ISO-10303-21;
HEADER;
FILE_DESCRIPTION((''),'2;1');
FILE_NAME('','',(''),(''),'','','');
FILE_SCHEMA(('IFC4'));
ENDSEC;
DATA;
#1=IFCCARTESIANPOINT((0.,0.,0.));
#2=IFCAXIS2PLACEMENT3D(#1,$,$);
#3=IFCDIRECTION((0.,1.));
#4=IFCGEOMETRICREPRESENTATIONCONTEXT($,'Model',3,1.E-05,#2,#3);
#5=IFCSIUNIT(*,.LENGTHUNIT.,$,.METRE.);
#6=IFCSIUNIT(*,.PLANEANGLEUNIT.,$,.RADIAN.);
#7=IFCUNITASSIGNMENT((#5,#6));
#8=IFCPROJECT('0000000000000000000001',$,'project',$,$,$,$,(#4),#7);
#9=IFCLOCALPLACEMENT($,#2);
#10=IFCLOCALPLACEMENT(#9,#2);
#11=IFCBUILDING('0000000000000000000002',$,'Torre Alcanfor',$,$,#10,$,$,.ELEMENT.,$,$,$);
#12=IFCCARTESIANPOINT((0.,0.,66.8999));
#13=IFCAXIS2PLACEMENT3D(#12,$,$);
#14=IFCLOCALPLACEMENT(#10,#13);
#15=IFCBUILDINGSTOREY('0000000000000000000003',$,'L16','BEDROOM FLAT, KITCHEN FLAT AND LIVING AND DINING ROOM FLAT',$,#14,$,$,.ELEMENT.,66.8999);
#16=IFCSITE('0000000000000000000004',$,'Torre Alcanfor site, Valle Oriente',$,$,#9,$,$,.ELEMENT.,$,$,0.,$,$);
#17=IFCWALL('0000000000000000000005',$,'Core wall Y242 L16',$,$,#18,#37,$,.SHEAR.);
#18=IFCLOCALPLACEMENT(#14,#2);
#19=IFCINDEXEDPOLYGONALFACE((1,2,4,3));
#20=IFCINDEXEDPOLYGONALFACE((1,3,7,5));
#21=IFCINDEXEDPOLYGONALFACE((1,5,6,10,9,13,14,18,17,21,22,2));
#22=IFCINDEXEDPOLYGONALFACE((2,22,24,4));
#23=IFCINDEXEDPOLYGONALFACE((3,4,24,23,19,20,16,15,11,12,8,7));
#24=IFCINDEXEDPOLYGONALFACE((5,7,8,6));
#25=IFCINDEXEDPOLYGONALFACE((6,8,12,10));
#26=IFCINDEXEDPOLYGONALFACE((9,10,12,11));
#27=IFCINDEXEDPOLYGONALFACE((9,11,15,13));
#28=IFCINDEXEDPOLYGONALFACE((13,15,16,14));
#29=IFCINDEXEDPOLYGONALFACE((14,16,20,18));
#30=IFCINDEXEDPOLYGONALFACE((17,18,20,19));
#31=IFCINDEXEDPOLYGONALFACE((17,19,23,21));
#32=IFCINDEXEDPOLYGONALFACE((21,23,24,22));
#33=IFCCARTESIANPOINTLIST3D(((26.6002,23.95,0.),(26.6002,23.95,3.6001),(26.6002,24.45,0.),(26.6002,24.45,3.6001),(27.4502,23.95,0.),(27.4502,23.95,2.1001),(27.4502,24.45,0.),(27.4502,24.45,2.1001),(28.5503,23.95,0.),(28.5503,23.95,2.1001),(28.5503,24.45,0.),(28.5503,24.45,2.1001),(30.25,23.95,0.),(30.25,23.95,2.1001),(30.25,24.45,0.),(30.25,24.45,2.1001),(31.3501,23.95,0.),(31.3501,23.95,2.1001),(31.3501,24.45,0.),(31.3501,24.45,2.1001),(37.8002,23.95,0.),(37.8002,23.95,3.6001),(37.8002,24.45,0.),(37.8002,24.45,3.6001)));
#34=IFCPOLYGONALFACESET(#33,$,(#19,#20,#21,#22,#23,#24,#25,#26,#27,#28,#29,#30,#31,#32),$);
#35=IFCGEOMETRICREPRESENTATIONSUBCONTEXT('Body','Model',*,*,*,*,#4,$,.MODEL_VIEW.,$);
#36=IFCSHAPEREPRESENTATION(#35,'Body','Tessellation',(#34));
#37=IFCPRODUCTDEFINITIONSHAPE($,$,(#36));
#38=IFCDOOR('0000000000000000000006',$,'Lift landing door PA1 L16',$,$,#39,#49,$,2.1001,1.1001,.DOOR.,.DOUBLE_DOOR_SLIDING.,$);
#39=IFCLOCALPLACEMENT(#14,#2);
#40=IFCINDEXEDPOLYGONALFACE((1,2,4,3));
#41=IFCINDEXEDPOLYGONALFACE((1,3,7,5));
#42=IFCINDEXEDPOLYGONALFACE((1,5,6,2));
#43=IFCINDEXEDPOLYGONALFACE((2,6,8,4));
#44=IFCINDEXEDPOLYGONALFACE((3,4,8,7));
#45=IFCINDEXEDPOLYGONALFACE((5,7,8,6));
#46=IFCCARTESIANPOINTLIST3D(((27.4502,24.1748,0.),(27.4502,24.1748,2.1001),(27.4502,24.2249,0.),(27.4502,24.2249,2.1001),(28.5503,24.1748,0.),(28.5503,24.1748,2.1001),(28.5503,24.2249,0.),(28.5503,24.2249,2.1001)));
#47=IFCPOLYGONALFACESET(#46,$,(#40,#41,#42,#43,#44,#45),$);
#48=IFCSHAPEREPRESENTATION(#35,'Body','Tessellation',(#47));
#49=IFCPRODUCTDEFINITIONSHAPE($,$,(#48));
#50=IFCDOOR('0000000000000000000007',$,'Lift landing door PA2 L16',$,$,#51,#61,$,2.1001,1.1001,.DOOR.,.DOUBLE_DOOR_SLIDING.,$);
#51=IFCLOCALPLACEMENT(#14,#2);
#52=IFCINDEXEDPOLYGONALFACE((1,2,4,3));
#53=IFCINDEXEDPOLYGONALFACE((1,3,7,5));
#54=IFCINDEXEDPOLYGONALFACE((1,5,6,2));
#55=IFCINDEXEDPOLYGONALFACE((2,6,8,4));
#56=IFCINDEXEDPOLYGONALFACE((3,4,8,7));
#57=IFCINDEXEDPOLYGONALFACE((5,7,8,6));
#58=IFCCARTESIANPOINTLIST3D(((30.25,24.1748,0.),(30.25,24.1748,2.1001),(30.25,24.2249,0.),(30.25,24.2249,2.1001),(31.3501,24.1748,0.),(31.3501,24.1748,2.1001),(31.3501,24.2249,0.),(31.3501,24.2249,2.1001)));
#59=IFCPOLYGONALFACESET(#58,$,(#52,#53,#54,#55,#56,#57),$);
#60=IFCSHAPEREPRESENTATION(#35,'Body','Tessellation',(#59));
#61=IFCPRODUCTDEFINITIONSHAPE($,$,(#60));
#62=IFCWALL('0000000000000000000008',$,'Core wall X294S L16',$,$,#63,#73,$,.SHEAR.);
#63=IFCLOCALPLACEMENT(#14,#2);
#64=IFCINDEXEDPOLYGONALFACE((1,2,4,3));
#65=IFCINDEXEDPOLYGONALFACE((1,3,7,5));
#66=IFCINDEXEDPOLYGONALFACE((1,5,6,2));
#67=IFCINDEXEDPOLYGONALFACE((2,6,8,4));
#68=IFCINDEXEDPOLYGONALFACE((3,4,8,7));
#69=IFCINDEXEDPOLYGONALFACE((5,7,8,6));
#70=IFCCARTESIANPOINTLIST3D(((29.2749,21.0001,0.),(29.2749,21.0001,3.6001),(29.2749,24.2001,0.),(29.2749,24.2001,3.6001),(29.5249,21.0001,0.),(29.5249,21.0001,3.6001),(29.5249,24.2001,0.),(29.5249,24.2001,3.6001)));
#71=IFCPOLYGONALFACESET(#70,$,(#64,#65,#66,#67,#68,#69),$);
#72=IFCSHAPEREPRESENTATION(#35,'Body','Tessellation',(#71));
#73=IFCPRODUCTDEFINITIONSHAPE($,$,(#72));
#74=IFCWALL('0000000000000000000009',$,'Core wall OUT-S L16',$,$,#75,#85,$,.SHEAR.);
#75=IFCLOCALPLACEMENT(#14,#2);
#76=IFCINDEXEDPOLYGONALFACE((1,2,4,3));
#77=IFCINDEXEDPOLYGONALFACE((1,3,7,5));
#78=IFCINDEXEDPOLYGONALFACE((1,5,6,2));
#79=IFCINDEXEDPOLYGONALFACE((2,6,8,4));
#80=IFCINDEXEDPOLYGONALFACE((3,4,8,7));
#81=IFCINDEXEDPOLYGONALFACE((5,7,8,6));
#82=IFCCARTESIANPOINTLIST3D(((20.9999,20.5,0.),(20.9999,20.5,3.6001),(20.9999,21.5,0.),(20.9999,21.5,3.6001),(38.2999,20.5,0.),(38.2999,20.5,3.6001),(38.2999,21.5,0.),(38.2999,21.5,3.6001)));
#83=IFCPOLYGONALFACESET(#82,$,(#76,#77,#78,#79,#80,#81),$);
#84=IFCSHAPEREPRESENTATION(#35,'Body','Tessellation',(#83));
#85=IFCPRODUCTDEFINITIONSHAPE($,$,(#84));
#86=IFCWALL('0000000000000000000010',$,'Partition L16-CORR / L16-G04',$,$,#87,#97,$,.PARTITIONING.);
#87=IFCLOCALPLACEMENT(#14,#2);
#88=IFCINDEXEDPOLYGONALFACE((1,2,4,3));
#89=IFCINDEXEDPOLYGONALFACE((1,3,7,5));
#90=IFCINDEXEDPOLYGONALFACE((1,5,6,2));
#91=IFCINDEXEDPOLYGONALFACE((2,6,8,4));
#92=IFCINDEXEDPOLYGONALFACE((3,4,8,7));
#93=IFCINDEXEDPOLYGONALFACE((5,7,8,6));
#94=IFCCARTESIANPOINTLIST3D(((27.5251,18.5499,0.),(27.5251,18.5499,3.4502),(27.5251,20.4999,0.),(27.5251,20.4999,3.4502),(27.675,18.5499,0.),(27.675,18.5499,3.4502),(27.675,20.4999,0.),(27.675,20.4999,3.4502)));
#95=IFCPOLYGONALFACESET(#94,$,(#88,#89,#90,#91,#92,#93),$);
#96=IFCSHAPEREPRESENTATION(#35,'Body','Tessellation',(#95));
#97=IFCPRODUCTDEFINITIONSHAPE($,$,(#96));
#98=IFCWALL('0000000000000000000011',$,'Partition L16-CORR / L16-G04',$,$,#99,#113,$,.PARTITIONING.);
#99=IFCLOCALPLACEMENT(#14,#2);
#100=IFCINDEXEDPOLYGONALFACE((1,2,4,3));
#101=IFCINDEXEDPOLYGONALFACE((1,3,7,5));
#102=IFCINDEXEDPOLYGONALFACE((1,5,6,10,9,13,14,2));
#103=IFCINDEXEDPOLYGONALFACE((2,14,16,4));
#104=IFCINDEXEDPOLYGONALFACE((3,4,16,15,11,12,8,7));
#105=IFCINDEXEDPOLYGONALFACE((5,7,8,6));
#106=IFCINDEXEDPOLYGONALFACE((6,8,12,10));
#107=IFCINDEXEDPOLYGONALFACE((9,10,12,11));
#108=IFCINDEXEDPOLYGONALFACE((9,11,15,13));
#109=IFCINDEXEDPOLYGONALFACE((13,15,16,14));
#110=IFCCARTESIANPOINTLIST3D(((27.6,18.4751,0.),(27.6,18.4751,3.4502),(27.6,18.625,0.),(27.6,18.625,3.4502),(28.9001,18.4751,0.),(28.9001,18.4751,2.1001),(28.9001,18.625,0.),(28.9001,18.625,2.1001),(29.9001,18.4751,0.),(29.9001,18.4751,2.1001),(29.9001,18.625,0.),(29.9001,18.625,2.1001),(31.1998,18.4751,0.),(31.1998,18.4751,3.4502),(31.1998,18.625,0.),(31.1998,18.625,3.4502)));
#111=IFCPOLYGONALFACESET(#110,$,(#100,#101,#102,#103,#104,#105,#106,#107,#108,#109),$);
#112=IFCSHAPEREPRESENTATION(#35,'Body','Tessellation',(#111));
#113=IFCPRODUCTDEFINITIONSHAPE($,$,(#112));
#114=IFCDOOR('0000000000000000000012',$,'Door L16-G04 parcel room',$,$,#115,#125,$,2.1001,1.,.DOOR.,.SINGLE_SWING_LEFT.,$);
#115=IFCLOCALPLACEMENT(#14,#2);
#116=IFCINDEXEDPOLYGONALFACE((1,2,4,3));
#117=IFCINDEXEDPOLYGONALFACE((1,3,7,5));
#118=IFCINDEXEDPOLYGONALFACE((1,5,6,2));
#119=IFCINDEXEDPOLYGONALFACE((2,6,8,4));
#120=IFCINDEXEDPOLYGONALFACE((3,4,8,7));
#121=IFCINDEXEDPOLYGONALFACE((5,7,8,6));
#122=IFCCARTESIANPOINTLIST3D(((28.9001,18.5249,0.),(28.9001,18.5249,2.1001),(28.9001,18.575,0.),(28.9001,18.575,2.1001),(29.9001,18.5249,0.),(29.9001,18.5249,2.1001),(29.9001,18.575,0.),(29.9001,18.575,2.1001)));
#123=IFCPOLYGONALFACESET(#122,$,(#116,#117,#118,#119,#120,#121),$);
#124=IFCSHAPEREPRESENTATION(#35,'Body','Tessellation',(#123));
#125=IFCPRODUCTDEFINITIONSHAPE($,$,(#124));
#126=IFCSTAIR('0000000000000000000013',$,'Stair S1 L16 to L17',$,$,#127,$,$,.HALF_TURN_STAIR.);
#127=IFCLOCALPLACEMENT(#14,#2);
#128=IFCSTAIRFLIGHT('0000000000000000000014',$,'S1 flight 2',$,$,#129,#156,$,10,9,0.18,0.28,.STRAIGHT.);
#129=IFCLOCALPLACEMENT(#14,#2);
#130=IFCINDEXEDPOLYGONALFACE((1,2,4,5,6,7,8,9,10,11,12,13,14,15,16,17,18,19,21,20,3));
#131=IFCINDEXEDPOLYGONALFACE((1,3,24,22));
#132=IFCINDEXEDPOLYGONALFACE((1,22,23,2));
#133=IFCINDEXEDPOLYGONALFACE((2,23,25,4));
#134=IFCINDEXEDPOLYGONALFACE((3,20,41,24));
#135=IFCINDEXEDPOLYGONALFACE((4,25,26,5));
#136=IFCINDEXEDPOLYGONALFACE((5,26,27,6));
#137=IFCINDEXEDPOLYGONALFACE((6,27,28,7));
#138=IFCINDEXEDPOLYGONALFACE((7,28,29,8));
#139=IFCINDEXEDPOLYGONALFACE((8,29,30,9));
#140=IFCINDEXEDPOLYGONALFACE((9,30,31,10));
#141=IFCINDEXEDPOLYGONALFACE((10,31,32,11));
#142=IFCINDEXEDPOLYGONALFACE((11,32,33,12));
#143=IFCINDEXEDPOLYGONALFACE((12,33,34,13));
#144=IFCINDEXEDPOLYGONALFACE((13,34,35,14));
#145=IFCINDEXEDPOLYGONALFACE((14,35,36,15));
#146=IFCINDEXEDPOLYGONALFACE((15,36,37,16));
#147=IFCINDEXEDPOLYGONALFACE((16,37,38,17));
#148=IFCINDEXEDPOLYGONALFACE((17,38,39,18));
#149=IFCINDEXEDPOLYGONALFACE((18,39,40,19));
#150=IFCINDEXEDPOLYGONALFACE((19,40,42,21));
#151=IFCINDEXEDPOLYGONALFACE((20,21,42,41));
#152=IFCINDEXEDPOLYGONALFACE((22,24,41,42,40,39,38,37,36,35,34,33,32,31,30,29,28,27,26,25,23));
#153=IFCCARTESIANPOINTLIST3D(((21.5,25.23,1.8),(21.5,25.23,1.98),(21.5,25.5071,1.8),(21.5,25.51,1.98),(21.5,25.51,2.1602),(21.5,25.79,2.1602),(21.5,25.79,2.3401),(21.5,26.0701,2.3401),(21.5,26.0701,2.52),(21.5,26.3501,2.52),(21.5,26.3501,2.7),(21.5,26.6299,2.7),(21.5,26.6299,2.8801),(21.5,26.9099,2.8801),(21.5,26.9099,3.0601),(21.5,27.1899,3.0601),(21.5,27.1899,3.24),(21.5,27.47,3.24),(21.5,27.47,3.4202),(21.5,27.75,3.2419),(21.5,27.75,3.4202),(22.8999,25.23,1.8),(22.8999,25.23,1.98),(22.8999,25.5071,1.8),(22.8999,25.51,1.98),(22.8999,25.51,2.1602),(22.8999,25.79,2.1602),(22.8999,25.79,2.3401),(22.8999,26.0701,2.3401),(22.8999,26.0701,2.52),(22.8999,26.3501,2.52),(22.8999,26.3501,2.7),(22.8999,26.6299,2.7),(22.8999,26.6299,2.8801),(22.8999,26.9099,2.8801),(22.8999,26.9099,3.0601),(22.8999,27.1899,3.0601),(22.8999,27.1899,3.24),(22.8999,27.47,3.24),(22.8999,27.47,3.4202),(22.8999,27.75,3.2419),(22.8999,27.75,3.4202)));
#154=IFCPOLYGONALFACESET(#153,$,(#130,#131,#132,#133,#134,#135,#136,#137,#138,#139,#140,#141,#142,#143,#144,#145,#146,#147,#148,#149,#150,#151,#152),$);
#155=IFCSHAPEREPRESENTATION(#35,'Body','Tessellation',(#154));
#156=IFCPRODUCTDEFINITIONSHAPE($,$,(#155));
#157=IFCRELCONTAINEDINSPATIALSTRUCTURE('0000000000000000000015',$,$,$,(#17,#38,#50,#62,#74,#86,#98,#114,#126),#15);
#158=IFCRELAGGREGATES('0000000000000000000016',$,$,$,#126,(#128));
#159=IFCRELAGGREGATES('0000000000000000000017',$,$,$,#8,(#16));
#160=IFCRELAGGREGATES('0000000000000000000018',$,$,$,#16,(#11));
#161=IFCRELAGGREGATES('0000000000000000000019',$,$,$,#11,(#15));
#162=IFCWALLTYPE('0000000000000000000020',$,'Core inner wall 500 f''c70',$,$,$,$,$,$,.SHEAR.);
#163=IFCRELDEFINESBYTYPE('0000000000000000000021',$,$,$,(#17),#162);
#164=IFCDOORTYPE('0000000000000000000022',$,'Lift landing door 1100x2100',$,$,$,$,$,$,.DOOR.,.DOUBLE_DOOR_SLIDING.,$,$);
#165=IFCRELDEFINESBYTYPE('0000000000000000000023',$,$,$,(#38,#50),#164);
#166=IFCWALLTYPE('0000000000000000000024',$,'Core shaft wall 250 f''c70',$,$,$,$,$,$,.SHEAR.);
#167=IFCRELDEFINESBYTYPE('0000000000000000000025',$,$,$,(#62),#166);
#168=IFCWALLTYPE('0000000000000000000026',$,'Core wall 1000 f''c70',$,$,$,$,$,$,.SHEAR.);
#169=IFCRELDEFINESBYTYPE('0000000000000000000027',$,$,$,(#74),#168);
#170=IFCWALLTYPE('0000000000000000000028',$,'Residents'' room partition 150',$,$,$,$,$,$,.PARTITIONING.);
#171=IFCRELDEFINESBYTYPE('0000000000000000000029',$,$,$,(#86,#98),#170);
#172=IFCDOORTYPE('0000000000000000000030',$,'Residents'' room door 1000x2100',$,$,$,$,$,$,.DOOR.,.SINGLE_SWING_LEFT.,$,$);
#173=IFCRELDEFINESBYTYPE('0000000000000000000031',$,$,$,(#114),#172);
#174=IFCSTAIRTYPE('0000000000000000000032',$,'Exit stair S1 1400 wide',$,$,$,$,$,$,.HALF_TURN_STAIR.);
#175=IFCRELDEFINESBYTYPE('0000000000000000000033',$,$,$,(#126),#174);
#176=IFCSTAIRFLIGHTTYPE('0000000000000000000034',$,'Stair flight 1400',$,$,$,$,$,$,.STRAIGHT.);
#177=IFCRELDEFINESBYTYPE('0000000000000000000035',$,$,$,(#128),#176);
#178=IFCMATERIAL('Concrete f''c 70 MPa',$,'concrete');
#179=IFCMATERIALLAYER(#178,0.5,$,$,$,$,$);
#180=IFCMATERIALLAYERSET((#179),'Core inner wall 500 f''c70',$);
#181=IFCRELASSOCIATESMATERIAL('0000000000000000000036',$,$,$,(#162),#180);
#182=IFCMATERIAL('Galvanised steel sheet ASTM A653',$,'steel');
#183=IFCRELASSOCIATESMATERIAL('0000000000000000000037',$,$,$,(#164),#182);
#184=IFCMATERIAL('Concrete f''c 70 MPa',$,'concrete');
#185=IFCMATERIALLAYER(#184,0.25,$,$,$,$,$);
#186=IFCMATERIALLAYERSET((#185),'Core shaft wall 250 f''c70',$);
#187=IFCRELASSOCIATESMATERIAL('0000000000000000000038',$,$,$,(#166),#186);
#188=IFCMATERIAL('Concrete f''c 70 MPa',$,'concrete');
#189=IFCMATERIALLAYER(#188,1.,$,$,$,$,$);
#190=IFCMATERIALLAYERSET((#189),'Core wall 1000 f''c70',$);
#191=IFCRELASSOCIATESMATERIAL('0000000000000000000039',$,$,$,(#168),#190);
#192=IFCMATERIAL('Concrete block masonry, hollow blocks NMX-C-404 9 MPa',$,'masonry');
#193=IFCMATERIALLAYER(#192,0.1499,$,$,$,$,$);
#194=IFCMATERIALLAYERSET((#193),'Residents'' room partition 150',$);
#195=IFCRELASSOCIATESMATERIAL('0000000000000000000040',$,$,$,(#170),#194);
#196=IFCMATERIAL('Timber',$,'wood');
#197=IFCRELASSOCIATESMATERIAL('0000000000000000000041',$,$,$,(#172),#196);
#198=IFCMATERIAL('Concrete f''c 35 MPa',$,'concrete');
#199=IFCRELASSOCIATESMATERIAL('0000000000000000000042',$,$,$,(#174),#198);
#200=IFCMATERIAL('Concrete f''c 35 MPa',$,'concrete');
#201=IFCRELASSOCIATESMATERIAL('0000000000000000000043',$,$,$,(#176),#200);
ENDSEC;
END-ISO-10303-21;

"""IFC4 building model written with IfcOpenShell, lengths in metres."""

from ifc_helpers import new_model, si_unit, direction, frame, frame_2d, origin, place, context, subcontext, project, spatial, polyline, rectangle, outline, extrude, material, layer, layer_set, type_object, element, fill, aggregate, save


model = new_model("IFC4")

# Units and contexts
model_context = context("Model", 3, precision=1e-05, world=origin(), true_north=direction((0.0, 1.0)))
body_context = subcontext(model_context, "Body", "Model", "MODEL_VIEW")
ifc_project = project(units=[si_unit("LENGTHUNIT", "METRE"), si_unit("PLANEANGLEUNIT", "RADIAN")], contexts=[model_context])

# Site, building, storey
site_placement = place(None, origin())
site = spatial("IfcSite", under=ifc_project, at=site_placement, Name="Torre Alcanfor site, Valle Oriente", CompositionType="ELEMENT", RefElevation=0.0)
building_placement = place(site_placement, origin())
building = spatial("IfcBuilding", under=site, at=building_placement, Name="Torre Alcanfor", CompositionType="ELEMENT")
storey_placement = place(building_placement, frame((0.0, 0.0, 66.8999)))
storey = spatial("IfcBuildingStorey", under=building, at=storey_placement, Name="L16", Description="BEDROOM FLAT, KITCHEN FLAT AND LIVING AND DINING ROOM FLAT", CompositionType="ELEMENT", Elevation=66.8999)

# Shared definitions
ifc_material_1 = material(Name="Concrete f'c 70 MPa", Category="concrete")
ifc_layer_1 = layer(ifc_material_1, 0.5)
ifc_layer_set_1 = layer_set([ifc_layer_1], Name="Core inner wall 500 f'c70")
wall_type_1 = type_object("IfcWallType", Name="Core inner wall 500 f'c70", PredefinedType="SHEAR", material=ifc_layer_set_1)

# Wall, openings, doors
wall_1_placement = place(storey_placement, frame((26.6001, 24.2, 0.0), z_axis=(0.0, 0.0, 1.0), x_axis=(1.0, 0.0, 0.0)))
wall_1 = element("IfcWall", 1, at=wall_1_placement, inside=storey, type_object=wall_type_1, Name="Core wall Y242 L16", PredefinedType="SHEAR", context=body_context, shape_type="SweptSolid", body=[
    extrude(rectangle(XDim=11.2, YDim=0.5, at=frame_2d((5.6001, 0.0))), origin(), (0.0, 0.0, 1.0), 3.6001),
])
opening_1_placement = place(wall_1_placement, frame((0.8501, 0.0, 0.0)))
opening_1 = element("IfcOpeningElement", 2, at=opening_1_placement, cuts=wall_1, PredefinedType="OPENING", context=body_context, shape_type="SweptSolid", body=[
    extrude(rectangle(XDim=1.1001, YDim=2.1001, at=frame_2d((0.55, 1.05))), frame((0.0, 0.26, 0.0), z_axis=(0.0, -1.0, 0.0), x_axis=(1.0, 0.0, 0.0)), (0.0, 0.0, 1.0), 0.52),
])
opening_2_placement = place(wall_1_placement, frame((3.6499, 0.0, 0.0)))
opening_2 = element("IfcOpeningElement", 3, at=opening_2_placement, cuts=wall_1, PredefinedType="OPENING", context=body_context, shape_type="SweptSolid", body=[
    extrude(rectangle(XDim=1.1001, YDim=2.1001, at=frame_2d((0.55, 1.05))), frame((0.0, 0.26, 0.0), z_axis=(0.0, -1.0, 0.0), x_axis=(1.0, 0.0, 0.0)), (0.0, 0.0, 1.0), 0.52),
])
ifc_material_2 = material(Name="Galvanised steel sheet ASTM A653", Category="steel")
door_type_1 = type_object("IfcDoorType", Name="Lift landing door 1100x2100", OperationType="DOUBLE_DOOR_SLIDING", PredefinedType="DOOR", material=ifc_material_2)
door_1_placement = place(opening_1_placement, origin())
door_1 = element("IfcDoor", 4, at=door_1_placement, inside=storey, type_object=door_type_1, Name="Lift landing door PA1 L16", OperationType="DOUBLE_DOOR_SLIDING", OverallHeight=2.1001, OverallWidth=1.1001, PredefinedType="DOOR", context=body_context, shape_type="SweptSolid", body=[
    extrude(rectangle(XDim=1.1001, YDim=2.1001, at=frame_2d((0.55, 1.05))), frame((0.0, 0.0249, 0.0), z_axis=(0.0, -1.0, 0.0), x_axis=(1.0, 0.0, 0.0)), (0.0, 0.0, 1.0), 0.05),
])
fill(opening_1, door_1)
door_2_placement = place(opening_2_placement, origin())
door_2 = element("IfcDoor", 5, at=door_2_placement, inside=storey, type_object=door_type_1, Name="Lift landing door PA2 L16", OperationType="DOUBLE_DOOR_SLIDING", OverallHeight=2.1001, OverallWidth=1.1001, PredefinedType="DOOR", context=body_context, shape_type="SweptSolid", body=[
    extrude(rectangle(XDim=1.1001, YDim=2.1001, at=frame_2d((0.55, 1.05))), frame((0.0, 0.0249, 0.0), z_axis=(0.0, -1.0, 0.0), x_axis=(1.0, 0.0, 0.0)), (0.0, 0.0, 1.0), 0.05),
])
fill(opening_2, door_2)

# Walls
ifc_material_3 = material(Name="Concrete f'c 70 MPa", Category="concrete")
ifc_layer_2 = layer(ifc_material_3, 0.25)
ifc_layer_set_2 = layer_set([ifc_layer_2], Name="Core shaft wall 250 f'c70")
wall_type_2 = type_object("IfcWallType", Name="Core shaft wall 250 f'c70", PredefinedType="SHEAR", material=ifc_layer_set_2)
wall_2_placement = place(storey_placement, frame((29.3999, 21.0, 0.0), z_axis=(0.0, 0.0, 1.0), x_axis=(0.0, 1.0, 0.0)))
element("IfcWall", 6, at=wall_2_placement, inside=storey, type_object=wall_type_2, Name="Core wall X294S L16", PredefinedType="SHEAR", context=body_context, shape_type="SweptSolid", body=[
    extrude(rectangle(XDim=3.2, YDim=0.25, at=frame_2d((1.6001, 0.0))), origin(), (0.0, 0.0, 1.0), 3.6001),
])
ifc_material_4 = material(Name="Concrete f'c 70 MPa", Category="concrete")
ifc_layer_3 = layer(ifc_material_4, 1.0)
ifc_layer_set_3 = layer_set([ifc_layer_3], Name="Core wall 1000 f'c70")
wall_type_3 = type_object("IfcWallType", Name="Core wall 1000 f'c70", PredefinedType="SHEAR", material=ifc_layer_set_3)
wall_3_placement = place(storey_placement, frame((21.0, 21.0, 0.0), z_axis=(0.0, 0.0, 1.0), x_axis=(1.0, 0.0, 0.0)))
element("IfcWall", 7, at=wall_3_placement, inside=storey, type_object=wall_type_3, Name="Core wall OUT-S L16", PredefinedType="SHEAR", context=body_context, shape_type="SweptSolid", body=[
    extrude(rectangle(XDim=17.3, YDim=1.0, at=frame_2d((8.6499, 0.0))), origin(), (0.0, 0.0, 1.0), 3.6001),
])
ifc_material_5 = material(Name="Concrete block masonry, hollow blocks NMX-C-404 9 MPa", Category="masonry")
ifc_layer_4 = layer(ifc_material_5, 0.1499)
ifc_layer_set_4 = layer_set([ifc_layer_4], Name="Residents' room partition 150")
wall_type_4 = type_object("IfcWallType", Name="Residents' room partition 150", PredefinedType="PARTITIONING", material=ifc_layer_set_4)
wall_4_placement = place(storey_placement, frame((27.6001, 20.5, 0.0), z_axis=(0.0, 0.0, 1.0), x_axis=(0.0, -1.0, 0.0)))
element("IfcWall", 8, at=wall_4_placement, inside=storey, type_object=wall_type_4, Name="Partition L16-CORR / L16-G04", PredefinedType="PARTITIONING", context=body_context, shape_type="SweptSolid", body=[
    extrude(rectangle(XDim=1.95, YDim=0.1499, at=frame_2d((0.9751, 0.0))), origin(), (0.0, 0.0, 1.0), 3.4502),
])

# Wall, opening, door
wall_5_placement = place(storey_placement, frame((27.6001, 18.55, 0.0), z_axis=(0.0, 0.0, 1.0), x_axis=(1.0, 0.0, 0.0)))
wall_5 = element("IfcWall", 9, at=wall_5_placement, inside=storey, type_object=wall_type_4, Name="Partition L16-CORR / L16-G04", PredefinedType="PARTITIONING", context=body_context, shape_type="SweptSolid", body=[
    extrude(rectangle(XDim=3.5999, YDim=0.1499, at=frame_2d((1.7998, 0.0))), origin(), (0.0, 0.0, 1.0), 3.4502),
])
opening_3_placement = place(wall_5_placement, frame((1.3, 0.0, 0.0)))
opening_3 = element("IfcOpeningElement", 10, at=opening_3_placement, cuts=wall_5, PredefinedType="OPENING", context=body_context, shape_type="SweptSolid", body=[
    extrude(rectangle(XDim=1.0, YDim=2.1001, at=frame_2d((0.5, 1.05))), frame((0.0, 0.085, 0.0), z_axis=(0.0, -1.0, 0.0), x_axis=(1.0, 0.0, 0.0)), (0.0, 0.0, 1.0), 0.1699),
])
ifc_material_6 = material(Name="Timber", Category="wood")
door_type_2 = type_object("IfcDoorType", Name="Residents' room door 1000x2100", OperationType="SINGLE_SWING_LEFT", PredefinedType="DOOR", material=ifc_material_6)
door_3_placement = place(opening_3_placement, origin())
door_3 = element("IfcDoor", 11, at=door_3_placement, inside=storey, type_object=door_type_2, Name="Door L16-G04 parcel room", OperationType="SINGLE_SWING_LEFT", OverallHeight=2.1001, OverallWidth=1.0, PredefinedType="DOOR", context=body_context, shape_type="SweptSolid", body=[
    extrude(rectangle(XDim=1.0, YDim=2.1001, at=frame_2d((0.5, 1.05))), frame((0.0, 0.0249, 0.0), z_axis=(0.0, -1.0, 0.0), x_axis=(1.0, 0.0, 0.0)), (0.0, 0.0, 1.0), 0.05),
])
fill(opening_3, door_3)

# Stair, stair flight
ifc_material_7 = material(Name="Concrete f'c 35 MPa", Category="concrete")
stair_type = type_object("IfcStairType", Name="Exit stair S1 1400 wide", PredefinedType="HALF_TURN_STAIR", material=ifc_material_7)
stair_placement = place(storey_placement, origin())
stair = element("IfcStair", 12, at=stair_placement, inside=storey, type_object=stair_type, Name="Stair S1 L16 to L17", PredefinedType="HALF_TURN_STAIR")
ifc_material_8 = material(Name="Concrete f'c 35 MPa", Category="concrete")
stair_flight_type = type_object("IfcStairFlightType", Name="Stair flight 1400", PredefinedType="STRAIGHT", material=ifc_material_8)
stair_flight_placement = place(storey_placement, frame((22.2, 25.23, 1.8), z_axis=(0.0, 0.0, 1.0), x_axis=(0.0, 1.0, 0.0)))
stair_flight = element("IfcStairFlight", 13, at=stair_flight_placement, type_object=stair_flight_type, Name="S1 flight 2", NumberOfRisers=10, NumberOfTreads=9, PredefinedType="STRAIGHT", RiserHeight=0.18, TreadLength=0.28, context=body_context, shape_type="SweptSolid", body=[
    extrude(outline(polyline([(0.0, 0.0), (0.0, 0.1799), (0.28, 0.1799), (0.28, 0.3601), (0.5601, 0.3601), (0.5601, 0.54), (0.8401, 0.54), (0.8401, 0.72), (1.1201, 0.72), (1.1201, 0.8999), (1.3999, 0.8999), (1.3999, 1.0801), (1.6799, 1.0801), (1.6799, 1.26), (1.96, 1.26), (1.96, 1.4399), (2.24, 1.4399), (2.24, 1.6201), (2.52, 1.6201), (2.52, 1.8), (2.52, 1.4419), (0.2771, 0.0), (0.0, 0.0)])), frame((0.0, 0.7, 0.0), z_axis=(0.0, -1.0, 0.0), x_axis=(1.0, 0.0, 0.0)), (0.0, 0.0, 1.0), 1.3999),
])
aggregate(stair, [stair_flight])

save(model, "model.ifc")
